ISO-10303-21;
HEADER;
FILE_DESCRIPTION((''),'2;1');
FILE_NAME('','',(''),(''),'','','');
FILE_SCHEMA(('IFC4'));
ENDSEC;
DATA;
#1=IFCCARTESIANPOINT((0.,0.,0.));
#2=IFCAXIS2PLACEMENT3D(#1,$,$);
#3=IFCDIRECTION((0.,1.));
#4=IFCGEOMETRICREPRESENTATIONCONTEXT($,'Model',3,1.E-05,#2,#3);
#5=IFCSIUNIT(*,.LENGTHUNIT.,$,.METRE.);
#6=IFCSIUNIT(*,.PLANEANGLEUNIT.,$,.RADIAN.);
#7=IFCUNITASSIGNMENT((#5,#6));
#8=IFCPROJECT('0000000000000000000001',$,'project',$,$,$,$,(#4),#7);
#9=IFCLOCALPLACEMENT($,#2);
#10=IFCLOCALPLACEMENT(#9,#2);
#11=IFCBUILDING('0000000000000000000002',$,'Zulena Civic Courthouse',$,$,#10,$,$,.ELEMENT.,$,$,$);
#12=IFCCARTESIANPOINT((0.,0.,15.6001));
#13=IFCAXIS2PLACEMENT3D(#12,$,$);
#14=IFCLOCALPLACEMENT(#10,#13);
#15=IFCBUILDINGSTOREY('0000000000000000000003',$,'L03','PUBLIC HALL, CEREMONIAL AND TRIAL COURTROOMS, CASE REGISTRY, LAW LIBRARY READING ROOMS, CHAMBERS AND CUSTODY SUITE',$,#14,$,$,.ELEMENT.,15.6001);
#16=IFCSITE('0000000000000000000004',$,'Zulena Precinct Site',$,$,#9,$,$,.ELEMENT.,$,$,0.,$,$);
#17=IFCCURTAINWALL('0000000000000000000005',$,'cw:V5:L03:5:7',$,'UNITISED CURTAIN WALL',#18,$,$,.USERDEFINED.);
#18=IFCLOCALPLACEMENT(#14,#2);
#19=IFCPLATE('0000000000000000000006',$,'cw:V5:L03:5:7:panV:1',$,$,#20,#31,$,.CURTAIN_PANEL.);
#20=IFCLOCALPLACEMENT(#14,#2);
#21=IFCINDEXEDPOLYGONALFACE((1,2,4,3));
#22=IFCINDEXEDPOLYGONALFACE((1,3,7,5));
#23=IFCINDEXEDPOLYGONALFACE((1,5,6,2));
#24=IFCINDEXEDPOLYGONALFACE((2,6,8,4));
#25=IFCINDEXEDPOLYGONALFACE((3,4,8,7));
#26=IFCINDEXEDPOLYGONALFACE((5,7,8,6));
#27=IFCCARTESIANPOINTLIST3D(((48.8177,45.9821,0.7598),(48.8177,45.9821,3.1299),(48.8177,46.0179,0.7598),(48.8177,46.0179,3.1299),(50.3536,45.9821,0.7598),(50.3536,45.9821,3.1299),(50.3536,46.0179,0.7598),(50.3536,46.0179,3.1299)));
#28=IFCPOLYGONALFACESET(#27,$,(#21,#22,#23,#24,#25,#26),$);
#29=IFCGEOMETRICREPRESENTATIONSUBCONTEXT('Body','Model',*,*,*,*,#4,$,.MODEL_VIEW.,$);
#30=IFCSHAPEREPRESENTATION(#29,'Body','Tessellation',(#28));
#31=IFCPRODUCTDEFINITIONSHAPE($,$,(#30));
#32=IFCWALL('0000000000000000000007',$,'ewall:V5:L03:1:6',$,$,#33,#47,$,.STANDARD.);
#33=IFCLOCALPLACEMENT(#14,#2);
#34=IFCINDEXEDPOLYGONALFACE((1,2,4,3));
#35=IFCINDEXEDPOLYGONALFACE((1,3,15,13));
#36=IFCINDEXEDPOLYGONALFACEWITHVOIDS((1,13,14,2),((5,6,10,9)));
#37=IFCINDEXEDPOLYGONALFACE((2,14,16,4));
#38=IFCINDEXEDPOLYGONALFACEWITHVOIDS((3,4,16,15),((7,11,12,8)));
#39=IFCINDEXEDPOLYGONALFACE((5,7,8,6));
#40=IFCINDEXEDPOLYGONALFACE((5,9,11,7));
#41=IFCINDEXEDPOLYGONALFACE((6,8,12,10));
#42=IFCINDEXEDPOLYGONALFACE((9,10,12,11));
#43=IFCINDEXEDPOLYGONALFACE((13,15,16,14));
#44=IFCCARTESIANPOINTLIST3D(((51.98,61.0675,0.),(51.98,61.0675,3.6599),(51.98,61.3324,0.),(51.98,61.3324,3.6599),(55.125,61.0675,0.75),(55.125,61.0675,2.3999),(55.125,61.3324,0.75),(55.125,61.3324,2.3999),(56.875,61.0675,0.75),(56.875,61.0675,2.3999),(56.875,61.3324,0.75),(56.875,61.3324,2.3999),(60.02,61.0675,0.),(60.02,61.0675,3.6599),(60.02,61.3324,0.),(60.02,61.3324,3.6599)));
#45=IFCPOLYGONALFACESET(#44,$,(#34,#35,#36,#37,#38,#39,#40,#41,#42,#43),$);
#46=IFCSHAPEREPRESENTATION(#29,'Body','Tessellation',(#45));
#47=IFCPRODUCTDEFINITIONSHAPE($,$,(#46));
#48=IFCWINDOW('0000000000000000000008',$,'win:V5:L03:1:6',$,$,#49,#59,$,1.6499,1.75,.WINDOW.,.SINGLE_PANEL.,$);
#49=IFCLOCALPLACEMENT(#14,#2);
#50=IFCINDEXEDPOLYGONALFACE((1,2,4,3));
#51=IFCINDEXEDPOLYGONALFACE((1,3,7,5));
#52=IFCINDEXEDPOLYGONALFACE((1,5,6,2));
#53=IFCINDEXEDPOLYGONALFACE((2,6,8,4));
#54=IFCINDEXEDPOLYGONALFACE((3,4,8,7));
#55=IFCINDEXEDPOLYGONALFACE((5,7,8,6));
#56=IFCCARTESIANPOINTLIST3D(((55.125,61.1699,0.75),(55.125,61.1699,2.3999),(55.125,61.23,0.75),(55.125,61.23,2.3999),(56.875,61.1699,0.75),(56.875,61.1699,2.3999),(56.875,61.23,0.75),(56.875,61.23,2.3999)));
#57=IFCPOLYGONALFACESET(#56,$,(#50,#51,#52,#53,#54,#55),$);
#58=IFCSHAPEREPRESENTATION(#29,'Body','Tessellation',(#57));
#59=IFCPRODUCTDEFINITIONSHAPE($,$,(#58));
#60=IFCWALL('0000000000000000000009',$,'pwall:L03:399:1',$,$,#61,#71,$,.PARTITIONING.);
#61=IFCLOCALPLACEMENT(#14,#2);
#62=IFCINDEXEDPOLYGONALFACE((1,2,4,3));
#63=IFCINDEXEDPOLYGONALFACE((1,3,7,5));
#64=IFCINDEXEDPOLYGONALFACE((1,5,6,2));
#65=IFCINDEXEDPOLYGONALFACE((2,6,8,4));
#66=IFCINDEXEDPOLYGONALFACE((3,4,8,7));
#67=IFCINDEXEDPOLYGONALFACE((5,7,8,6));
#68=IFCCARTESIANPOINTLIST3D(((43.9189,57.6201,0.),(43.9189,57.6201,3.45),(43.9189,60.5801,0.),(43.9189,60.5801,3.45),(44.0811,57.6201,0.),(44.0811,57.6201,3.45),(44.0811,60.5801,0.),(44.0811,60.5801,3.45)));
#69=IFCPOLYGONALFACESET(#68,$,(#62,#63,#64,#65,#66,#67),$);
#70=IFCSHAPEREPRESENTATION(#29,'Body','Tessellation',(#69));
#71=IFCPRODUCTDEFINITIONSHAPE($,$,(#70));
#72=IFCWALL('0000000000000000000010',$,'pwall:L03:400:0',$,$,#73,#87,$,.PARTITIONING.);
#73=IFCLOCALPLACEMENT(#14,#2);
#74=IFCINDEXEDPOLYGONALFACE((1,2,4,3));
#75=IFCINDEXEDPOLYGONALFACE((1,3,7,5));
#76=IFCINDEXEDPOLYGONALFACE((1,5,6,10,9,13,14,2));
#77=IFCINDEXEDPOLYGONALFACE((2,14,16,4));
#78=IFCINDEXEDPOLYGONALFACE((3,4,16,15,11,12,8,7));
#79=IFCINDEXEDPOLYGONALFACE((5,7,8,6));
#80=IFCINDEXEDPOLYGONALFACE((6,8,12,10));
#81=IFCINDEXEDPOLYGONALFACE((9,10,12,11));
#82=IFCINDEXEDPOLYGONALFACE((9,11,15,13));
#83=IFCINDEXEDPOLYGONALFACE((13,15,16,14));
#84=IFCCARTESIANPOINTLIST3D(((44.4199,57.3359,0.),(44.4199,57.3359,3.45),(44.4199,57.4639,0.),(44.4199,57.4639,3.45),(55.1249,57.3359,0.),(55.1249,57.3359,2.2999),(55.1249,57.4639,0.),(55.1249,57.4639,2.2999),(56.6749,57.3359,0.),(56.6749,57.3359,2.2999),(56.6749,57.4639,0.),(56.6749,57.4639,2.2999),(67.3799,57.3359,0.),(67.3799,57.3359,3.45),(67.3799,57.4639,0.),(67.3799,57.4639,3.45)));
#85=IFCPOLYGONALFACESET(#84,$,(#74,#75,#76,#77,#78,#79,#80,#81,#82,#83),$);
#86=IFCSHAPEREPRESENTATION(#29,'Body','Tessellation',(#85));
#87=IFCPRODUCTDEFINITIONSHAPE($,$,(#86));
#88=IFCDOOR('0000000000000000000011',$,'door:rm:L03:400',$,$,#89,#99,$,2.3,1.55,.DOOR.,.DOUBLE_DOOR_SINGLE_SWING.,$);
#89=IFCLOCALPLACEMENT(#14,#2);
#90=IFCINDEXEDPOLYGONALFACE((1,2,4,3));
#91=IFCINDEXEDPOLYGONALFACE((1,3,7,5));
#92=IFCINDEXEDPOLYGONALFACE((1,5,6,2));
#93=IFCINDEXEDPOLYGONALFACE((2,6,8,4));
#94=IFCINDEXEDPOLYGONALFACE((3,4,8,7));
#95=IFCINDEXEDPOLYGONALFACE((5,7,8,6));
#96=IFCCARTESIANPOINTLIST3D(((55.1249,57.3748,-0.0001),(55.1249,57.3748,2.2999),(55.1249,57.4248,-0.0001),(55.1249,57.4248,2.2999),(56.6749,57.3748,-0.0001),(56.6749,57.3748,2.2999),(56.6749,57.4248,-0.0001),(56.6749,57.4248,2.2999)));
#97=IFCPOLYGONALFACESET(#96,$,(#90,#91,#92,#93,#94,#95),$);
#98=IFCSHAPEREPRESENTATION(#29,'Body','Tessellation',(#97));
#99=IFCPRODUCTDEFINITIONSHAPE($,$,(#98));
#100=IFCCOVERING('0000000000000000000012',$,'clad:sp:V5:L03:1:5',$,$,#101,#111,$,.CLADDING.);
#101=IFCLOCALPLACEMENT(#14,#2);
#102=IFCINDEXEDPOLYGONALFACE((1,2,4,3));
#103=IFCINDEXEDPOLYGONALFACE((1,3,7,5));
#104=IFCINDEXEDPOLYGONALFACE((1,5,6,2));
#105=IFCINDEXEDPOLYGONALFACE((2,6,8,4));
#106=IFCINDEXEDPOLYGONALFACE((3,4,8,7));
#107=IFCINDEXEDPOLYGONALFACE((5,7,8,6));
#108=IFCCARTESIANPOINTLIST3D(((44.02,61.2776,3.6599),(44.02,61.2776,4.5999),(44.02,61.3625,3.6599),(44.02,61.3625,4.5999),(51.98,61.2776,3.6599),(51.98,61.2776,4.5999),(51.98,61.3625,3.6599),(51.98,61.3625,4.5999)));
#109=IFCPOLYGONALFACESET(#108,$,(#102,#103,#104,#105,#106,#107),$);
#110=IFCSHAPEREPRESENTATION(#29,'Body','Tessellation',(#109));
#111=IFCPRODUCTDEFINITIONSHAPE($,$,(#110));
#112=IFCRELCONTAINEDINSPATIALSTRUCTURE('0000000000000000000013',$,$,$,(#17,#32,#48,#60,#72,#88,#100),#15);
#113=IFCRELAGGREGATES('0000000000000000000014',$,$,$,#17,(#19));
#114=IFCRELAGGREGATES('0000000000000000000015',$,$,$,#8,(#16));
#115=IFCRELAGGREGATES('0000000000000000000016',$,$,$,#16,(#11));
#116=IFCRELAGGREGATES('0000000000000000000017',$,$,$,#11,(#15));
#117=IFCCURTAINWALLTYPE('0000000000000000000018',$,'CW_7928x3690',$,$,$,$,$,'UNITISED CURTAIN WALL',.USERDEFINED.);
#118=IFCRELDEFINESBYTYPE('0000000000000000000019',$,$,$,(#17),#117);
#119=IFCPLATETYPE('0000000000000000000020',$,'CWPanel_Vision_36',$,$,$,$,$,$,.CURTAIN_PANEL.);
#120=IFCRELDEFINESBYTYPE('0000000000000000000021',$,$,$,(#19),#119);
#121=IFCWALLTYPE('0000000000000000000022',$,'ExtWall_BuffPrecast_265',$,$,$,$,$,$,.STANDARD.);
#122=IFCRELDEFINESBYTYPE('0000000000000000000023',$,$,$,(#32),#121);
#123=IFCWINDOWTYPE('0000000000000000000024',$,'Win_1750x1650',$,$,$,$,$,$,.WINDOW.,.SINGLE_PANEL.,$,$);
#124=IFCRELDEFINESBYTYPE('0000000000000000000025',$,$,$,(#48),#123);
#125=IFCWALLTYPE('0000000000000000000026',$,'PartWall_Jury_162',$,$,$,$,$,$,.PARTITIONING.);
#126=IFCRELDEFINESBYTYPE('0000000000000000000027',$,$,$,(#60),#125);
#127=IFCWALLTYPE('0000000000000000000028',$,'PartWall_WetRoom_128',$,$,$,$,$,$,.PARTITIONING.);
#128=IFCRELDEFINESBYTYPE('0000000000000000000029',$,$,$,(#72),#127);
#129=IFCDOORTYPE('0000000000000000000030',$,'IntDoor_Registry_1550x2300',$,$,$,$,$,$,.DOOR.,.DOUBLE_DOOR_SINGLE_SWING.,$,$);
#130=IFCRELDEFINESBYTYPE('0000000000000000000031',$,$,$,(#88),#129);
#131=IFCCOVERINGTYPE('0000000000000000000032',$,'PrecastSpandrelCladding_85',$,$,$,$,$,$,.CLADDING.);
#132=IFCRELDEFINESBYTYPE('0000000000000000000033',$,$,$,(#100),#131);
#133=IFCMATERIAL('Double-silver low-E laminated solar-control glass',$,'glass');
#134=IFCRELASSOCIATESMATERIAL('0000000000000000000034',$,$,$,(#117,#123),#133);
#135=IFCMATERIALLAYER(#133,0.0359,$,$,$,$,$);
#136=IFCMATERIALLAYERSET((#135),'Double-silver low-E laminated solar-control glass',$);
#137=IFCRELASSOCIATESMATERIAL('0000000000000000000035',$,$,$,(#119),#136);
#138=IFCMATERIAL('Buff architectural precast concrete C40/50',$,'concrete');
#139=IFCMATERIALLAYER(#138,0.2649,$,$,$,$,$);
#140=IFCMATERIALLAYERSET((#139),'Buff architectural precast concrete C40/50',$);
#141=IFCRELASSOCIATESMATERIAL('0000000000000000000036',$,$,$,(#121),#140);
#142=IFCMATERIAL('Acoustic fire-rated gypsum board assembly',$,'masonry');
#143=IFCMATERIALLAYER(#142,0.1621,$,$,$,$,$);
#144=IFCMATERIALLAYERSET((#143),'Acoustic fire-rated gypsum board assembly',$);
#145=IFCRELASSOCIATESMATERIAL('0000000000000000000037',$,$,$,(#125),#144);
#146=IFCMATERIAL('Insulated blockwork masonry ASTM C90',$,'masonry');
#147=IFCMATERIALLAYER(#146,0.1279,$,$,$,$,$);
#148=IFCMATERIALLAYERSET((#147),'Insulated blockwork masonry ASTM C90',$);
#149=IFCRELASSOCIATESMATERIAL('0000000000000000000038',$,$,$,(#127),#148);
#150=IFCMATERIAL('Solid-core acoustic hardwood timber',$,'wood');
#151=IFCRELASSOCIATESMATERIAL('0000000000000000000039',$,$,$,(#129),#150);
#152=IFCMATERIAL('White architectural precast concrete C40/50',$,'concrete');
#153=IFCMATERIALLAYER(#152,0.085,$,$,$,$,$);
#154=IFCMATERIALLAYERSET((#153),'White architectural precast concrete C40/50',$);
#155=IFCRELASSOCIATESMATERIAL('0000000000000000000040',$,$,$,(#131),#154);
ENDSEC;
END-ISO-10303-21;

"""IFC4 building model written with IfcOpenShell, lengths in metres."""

from ifc_helpers import new_model, si_unit, direction, frame, frame_2d, origin, origin_2d, place, context, subcontext, project, spatial, rectangle, extrude, material, layer, layer_set, type_object, element, fill, aggregate, save


model = new_model("IFC4")

# Units and contexts
model_context = context("Model", 3, precision=1e-05, world=origin(), true_north=direction((0.0, 1.0)))
body_context = subcontext(model_context, "Body", "Model", "MODEL_VIEW")
ifc_project = project(units=[si_unit("LENGTHUNIT", "METRE"), si_unit("PLANEANGLEUNIT", "RADIAN")], contexts=[model_context])

# Site, building, storey
site_placement = place(None, origin())
site = spatial("IfcSite", under=ifc_project, at=site_placement, Name="Zulena Precinct Site", CompositionType="ELEMENT", RefElevation=0.0)
building_placement = place(site_placement, origin())
building = spatial("IfcBuilding", under=site, at=building_placement, Name="Zulena Civic Courthouse", CompositionType="ELEMENT")
storey_placement = place(building_placement, frame((0.0, 0.0, 15.6001)))
storey = spatial("IfcBuildingStorey", under=building, at=storey_placement, Name="L03", Description="PUBLIC HALL, CEREMONIAL AND TRIAL COURTROOMS, CASE REGISTRY, LAW LIBRARY READING ROOMS, CHAMBERS AND CUSTODY SUITE", CompositionType="ELEMENT", Elevation=15.6001)

# Curtain wall
ifc_material_1 = material(Name="Double-silver low-E laminated solar-control glass", Category="glass")
curtain_wall_type = type_object("IfcCurtainWallType", Name="CW_7928x3690", ElementType="UNITISED CURTAIN WALL", PredefinedType="USERDEFINED", material=ifc_material_1)
curtain_wall_placement = place(storey_placement, origin())
curtain_wall = element("IfcCurtainWall", 1, at=curtain_wall_placement, inside=storey, type_object=curtain_wall_type, Name="cw:V5:L03:5:7", ObjectType="UNITISED CURTAIN WALL", PredefinedType="USERDEFINED")

# Plate
ifc_layer_1 = layer(ifc_material_1, 0.0359)
ifc_layer_set_1 = layer_set([ifc_layer_1], Name="Double-silver low-E laminated solar-control glass")
plate_type_1 = type_object("IfcPlateType", Name="CWPanel_Vision_36", PredefinedType="CURTAIN_PANEL", material=ifc_layer_set_1)
plate_1_placement = place(storey_placement, frame((49.5857, 46.0, 0.7598), z_axis=(0.0, 0.0, 1.0), x_axis=(-1.0, 0.0, 0.0)))
plate_1 = element("IfcPlate", 2, at=plate_1_placement, type_object=plate_type_1, Name="cw:V5:L03:5:7:panV:1", PredefinedType="CURTAIN_PANEL", context=body_context, shape_type="SweptSolid", body=[
    extrude(rectangle(XDim=1.5359, YDim=0.0359, at=origin_2d()), origin(), (0.0, 0.0, 1.0), 2.3701),
])
aggregate(curtain_wall, [plate_1])

# Wall, opening, window
ifc_material_2 = material(Name="Buff architectural precast concrete C40/50", Category="concrete")
ifc_layer_2 = layer(ifc_material_2, 0.2649)
ifc_layer_set_2 = layer_set([ifc_layer_2], Name="Buff architectural precast concrete C40/50")
wall_type_1 = type_object("IfcWallType", Name="ExtWall_BuffPrecast_265", PredefinedType="STANDARD", material=ifc_layer_set_2)
wall_1_placement = place(storey_placement, frame((51.98, 61.2, 0.0), z_axis=(0.0, 0.0, 1.0), x_axis=(1.0, 0.0, 0.0)))
wall_1 = element("IfcWall", 3, at=wall_1_placement, inside=storey, type_object=wall_type_1, Name="ewall:V5:L03:1:6", PredefinedType="STANDARD", context=body_context, shape_type="SweptSolid", body=[
    extrude(rectangle(XDim=8.04, YDim=0.2649, at=frame_2d((4.02, 0.0))), origin(), (0.0, 0.0, 1.0), 3.6599),
])
opening_1_placement = place(wall_1_placement, frame((3.145, 0.0, 0.75)))
opening_1 = element("IfcOpeningElement", 4, at=opening_1_placement, cuts=wall_1, PredefinedType="OPENING", context=body_context, shape_type="SweptSolid", body=[
    extrude(rectangle(XDim=1.75, YDim=1.6499, at=frame_2d((0.875, 0.825))), frame((0.0, 0.1423, 0.0), z_axis=(0.0, -1.0, 0.0), x_axis=(1.0, 0.0, 0.0)), (0.0, 0.0, 1.0), 0.2849),
])
window_type = type_object("IfcWindowType", Name="Win_1750x1650", PartitioningType="SINGLE_PANEL", PredefinedType="WINDOW", material=ifc_material_1)
window_placement = place(opening_1_placement, origin())
window = element("IfcWindow", 5, at=window_placement, inside=storey, type_object=window_type, Name="win:V5:L03:1:6", OverallHeight=1.6499, OverallWidth=1.75, PartitioningType="SINGLE_PANEL", PredefinedType="WINDOW", context=body_context, shape_type="SweptSolid", body=[
    extrude(rectangle(XDim=1.75, YDim=1.6499, at=frame_2d((0.875, 0.825))), frame((0.0, 0.03, 0.0), z_axis=(0.0, -1.0, 0.0), x_axis=(1.0, 0.0, 0.0)), (0.0, 0.0, 1.0), 0.0601),
])
fill(opening_1, window)

# Wall
ifc_material_3 = material(Name="Acoustic fire-rated gypsum board assembly", Category="masonry")
ifc_layer_3 = layer(ifc_material_3, 0.1621)
ifc_layer_set_3 = layer_set([ifc_layer_3], Name="Acoustic fire-rated gypsum board assembly")
wall_type_2 = type_object("IfcWallType", Name="PartWall_Jury_162", PredefinedType="PARTITIONING", material=ifc_layer_set_3)
wall_2_placement = place(storey_placement, frame((44.0, 57.6201, 0.0), z_axis=(0.0, 0.0, 1.0), x_axis=(0.0, 1.0, 0.0)))
element("IfcWall", 6, at=wall_2_placement, inside=storey, type_object=wall_type_2, Name="pwall:L03:399:1", PredefinedType="PARTITIONING", context=body_context, shape_type="SweptSolid", body=[
    extrude(rectangle(XDim=2.96, YDim=0.1621, at=frame_2d((1.48, 0.0))), origin(), (0.0, 0.0, 1.0), 3.45),
])

# Wall, opening, door
ifc_material_4 = material(Name="Insulated blockwork masonry ASTM C90", Category="masonry")
ifc_layer_4 = layer(ifc_material_4, 0.1279)
ifc_layer_set_4 = layer_set([ifc_layer_4], Name="Insulated blockwork masonry ASTM C90")
wall_type_3 = type_object("IfcWallType", Name="PartWall_WetRoom_128", PredefinedType="PARTITIONING", material=ifc_layer_set_4)
wall_3_placement = place(storey_placement, frame((44.4199, 57.3999, 0.0), z_axis=(0.0, 0.0, 1.0), x_axis=(1.0, 0.0, 0.0)))
wall_3 = element("IfcWall", 7, at=wall_3_placement, inside=storey, type_object=wall_type_3, Name="pwall:L03:400:0", PredefinedType="PARTITIONING", context=body_context, shape_type="SweptSolid", body=[
    extrude(rectangle(XDim=22.96, YDim=0.1279, at=frame_2d((11.48, 0.0))), origin(), (0.0, 0.0, 1.0), 3.45),
])
opening_2_placement = place(wall_3_placement, frame((10.7051, 0.0, 0.0)))
opening_2 = element("IfcOpeningElement", 8, at=opening_2_placement, cuts=wall_3, PredefinedType="OPENING", context=body_context, shape_type="SweptSolid", body=[
    extrude(rectangle(XDim=1.55, YDim=2.3, at=frame_2d((0.7749, 1.1499))), frame((0.0, 0.074, 0.0), z_axis=(0.0, -1.0, 0.0), x_axis=(1.0, 0.0, 0.0)), (0.0, 0.0, 1.0), 0.1479),
])
ifc_material_5 = material(Name="Solid-core acoustic hardwood timber", Category="wood")
door_type = type_object("IfcDoorType", Name="IntDoor_Registry_1550x2300", OperationType="DOUBLE_DOOR_SINGLE_SWING", PredefinedType="DOOR", material=ifc_material_5)
door_placement = place(opening_2_placement, origin())
door = element("IfcDoor", 9, at=door_placement, inside=storey, type_object=door_type, Name="door:rm:L03:400", OperationType="DOUBLE_DOOR_SINGLE_SWING", OverallHeight=2.3, OverallWidth=1.55, PredefinedType="DOOR", context=body_context, shape_type="SweptSolid", body=[
    extrude(rectangle(XDim=1.55, YDim=2.3, at=frame_2d((0.7749, 1.1499))), frame((0.0, 0.0249, 0.0), z_axis=(0.0, -1.0, 0.0), x_axis=(1.0, 0.0, 0.0)), (0.0, 0.0, 1.0), 0.05),
])
fill(opening_2, door)

# Covering
ifc_material_6 = material(Name="White architectural precast concrete C40/50", Category="concrete")
ifc_layer_5 = layer(ifc_material_6, 0.085)
ifc_layer_set_5 = layer_set([ifc_layer_5], Name="White architectural precast concrete C40/50")
covering_type = type_object("IfcCoveringType", Name="PrecastSpandrelCladding_85", PredefinedType="CLADDING", material=ifc_layer_set_5)
covering_placement = place(storey_placement, frame((48.0, 61.3201, 3.6599), z_axis=(0.0, 0.0, 1.0), x_axis=(1.0, 0.0, 0.0)))
element("IfcCovering", 10, at=covering_placement, inside=storey, type_object=covering_type, Name="clad:sp:V5:L03:1:5", PredefinedType="CLADDING", context=body_context, shape_type="SweptSolid", body=[
    extrude(rectangle(XDim=7.96, YDim=0.085, at=origin_2d()), origin(), (0.0, 0.0, 1.0), 0.9399),
])

save(model, "model.ifc")
